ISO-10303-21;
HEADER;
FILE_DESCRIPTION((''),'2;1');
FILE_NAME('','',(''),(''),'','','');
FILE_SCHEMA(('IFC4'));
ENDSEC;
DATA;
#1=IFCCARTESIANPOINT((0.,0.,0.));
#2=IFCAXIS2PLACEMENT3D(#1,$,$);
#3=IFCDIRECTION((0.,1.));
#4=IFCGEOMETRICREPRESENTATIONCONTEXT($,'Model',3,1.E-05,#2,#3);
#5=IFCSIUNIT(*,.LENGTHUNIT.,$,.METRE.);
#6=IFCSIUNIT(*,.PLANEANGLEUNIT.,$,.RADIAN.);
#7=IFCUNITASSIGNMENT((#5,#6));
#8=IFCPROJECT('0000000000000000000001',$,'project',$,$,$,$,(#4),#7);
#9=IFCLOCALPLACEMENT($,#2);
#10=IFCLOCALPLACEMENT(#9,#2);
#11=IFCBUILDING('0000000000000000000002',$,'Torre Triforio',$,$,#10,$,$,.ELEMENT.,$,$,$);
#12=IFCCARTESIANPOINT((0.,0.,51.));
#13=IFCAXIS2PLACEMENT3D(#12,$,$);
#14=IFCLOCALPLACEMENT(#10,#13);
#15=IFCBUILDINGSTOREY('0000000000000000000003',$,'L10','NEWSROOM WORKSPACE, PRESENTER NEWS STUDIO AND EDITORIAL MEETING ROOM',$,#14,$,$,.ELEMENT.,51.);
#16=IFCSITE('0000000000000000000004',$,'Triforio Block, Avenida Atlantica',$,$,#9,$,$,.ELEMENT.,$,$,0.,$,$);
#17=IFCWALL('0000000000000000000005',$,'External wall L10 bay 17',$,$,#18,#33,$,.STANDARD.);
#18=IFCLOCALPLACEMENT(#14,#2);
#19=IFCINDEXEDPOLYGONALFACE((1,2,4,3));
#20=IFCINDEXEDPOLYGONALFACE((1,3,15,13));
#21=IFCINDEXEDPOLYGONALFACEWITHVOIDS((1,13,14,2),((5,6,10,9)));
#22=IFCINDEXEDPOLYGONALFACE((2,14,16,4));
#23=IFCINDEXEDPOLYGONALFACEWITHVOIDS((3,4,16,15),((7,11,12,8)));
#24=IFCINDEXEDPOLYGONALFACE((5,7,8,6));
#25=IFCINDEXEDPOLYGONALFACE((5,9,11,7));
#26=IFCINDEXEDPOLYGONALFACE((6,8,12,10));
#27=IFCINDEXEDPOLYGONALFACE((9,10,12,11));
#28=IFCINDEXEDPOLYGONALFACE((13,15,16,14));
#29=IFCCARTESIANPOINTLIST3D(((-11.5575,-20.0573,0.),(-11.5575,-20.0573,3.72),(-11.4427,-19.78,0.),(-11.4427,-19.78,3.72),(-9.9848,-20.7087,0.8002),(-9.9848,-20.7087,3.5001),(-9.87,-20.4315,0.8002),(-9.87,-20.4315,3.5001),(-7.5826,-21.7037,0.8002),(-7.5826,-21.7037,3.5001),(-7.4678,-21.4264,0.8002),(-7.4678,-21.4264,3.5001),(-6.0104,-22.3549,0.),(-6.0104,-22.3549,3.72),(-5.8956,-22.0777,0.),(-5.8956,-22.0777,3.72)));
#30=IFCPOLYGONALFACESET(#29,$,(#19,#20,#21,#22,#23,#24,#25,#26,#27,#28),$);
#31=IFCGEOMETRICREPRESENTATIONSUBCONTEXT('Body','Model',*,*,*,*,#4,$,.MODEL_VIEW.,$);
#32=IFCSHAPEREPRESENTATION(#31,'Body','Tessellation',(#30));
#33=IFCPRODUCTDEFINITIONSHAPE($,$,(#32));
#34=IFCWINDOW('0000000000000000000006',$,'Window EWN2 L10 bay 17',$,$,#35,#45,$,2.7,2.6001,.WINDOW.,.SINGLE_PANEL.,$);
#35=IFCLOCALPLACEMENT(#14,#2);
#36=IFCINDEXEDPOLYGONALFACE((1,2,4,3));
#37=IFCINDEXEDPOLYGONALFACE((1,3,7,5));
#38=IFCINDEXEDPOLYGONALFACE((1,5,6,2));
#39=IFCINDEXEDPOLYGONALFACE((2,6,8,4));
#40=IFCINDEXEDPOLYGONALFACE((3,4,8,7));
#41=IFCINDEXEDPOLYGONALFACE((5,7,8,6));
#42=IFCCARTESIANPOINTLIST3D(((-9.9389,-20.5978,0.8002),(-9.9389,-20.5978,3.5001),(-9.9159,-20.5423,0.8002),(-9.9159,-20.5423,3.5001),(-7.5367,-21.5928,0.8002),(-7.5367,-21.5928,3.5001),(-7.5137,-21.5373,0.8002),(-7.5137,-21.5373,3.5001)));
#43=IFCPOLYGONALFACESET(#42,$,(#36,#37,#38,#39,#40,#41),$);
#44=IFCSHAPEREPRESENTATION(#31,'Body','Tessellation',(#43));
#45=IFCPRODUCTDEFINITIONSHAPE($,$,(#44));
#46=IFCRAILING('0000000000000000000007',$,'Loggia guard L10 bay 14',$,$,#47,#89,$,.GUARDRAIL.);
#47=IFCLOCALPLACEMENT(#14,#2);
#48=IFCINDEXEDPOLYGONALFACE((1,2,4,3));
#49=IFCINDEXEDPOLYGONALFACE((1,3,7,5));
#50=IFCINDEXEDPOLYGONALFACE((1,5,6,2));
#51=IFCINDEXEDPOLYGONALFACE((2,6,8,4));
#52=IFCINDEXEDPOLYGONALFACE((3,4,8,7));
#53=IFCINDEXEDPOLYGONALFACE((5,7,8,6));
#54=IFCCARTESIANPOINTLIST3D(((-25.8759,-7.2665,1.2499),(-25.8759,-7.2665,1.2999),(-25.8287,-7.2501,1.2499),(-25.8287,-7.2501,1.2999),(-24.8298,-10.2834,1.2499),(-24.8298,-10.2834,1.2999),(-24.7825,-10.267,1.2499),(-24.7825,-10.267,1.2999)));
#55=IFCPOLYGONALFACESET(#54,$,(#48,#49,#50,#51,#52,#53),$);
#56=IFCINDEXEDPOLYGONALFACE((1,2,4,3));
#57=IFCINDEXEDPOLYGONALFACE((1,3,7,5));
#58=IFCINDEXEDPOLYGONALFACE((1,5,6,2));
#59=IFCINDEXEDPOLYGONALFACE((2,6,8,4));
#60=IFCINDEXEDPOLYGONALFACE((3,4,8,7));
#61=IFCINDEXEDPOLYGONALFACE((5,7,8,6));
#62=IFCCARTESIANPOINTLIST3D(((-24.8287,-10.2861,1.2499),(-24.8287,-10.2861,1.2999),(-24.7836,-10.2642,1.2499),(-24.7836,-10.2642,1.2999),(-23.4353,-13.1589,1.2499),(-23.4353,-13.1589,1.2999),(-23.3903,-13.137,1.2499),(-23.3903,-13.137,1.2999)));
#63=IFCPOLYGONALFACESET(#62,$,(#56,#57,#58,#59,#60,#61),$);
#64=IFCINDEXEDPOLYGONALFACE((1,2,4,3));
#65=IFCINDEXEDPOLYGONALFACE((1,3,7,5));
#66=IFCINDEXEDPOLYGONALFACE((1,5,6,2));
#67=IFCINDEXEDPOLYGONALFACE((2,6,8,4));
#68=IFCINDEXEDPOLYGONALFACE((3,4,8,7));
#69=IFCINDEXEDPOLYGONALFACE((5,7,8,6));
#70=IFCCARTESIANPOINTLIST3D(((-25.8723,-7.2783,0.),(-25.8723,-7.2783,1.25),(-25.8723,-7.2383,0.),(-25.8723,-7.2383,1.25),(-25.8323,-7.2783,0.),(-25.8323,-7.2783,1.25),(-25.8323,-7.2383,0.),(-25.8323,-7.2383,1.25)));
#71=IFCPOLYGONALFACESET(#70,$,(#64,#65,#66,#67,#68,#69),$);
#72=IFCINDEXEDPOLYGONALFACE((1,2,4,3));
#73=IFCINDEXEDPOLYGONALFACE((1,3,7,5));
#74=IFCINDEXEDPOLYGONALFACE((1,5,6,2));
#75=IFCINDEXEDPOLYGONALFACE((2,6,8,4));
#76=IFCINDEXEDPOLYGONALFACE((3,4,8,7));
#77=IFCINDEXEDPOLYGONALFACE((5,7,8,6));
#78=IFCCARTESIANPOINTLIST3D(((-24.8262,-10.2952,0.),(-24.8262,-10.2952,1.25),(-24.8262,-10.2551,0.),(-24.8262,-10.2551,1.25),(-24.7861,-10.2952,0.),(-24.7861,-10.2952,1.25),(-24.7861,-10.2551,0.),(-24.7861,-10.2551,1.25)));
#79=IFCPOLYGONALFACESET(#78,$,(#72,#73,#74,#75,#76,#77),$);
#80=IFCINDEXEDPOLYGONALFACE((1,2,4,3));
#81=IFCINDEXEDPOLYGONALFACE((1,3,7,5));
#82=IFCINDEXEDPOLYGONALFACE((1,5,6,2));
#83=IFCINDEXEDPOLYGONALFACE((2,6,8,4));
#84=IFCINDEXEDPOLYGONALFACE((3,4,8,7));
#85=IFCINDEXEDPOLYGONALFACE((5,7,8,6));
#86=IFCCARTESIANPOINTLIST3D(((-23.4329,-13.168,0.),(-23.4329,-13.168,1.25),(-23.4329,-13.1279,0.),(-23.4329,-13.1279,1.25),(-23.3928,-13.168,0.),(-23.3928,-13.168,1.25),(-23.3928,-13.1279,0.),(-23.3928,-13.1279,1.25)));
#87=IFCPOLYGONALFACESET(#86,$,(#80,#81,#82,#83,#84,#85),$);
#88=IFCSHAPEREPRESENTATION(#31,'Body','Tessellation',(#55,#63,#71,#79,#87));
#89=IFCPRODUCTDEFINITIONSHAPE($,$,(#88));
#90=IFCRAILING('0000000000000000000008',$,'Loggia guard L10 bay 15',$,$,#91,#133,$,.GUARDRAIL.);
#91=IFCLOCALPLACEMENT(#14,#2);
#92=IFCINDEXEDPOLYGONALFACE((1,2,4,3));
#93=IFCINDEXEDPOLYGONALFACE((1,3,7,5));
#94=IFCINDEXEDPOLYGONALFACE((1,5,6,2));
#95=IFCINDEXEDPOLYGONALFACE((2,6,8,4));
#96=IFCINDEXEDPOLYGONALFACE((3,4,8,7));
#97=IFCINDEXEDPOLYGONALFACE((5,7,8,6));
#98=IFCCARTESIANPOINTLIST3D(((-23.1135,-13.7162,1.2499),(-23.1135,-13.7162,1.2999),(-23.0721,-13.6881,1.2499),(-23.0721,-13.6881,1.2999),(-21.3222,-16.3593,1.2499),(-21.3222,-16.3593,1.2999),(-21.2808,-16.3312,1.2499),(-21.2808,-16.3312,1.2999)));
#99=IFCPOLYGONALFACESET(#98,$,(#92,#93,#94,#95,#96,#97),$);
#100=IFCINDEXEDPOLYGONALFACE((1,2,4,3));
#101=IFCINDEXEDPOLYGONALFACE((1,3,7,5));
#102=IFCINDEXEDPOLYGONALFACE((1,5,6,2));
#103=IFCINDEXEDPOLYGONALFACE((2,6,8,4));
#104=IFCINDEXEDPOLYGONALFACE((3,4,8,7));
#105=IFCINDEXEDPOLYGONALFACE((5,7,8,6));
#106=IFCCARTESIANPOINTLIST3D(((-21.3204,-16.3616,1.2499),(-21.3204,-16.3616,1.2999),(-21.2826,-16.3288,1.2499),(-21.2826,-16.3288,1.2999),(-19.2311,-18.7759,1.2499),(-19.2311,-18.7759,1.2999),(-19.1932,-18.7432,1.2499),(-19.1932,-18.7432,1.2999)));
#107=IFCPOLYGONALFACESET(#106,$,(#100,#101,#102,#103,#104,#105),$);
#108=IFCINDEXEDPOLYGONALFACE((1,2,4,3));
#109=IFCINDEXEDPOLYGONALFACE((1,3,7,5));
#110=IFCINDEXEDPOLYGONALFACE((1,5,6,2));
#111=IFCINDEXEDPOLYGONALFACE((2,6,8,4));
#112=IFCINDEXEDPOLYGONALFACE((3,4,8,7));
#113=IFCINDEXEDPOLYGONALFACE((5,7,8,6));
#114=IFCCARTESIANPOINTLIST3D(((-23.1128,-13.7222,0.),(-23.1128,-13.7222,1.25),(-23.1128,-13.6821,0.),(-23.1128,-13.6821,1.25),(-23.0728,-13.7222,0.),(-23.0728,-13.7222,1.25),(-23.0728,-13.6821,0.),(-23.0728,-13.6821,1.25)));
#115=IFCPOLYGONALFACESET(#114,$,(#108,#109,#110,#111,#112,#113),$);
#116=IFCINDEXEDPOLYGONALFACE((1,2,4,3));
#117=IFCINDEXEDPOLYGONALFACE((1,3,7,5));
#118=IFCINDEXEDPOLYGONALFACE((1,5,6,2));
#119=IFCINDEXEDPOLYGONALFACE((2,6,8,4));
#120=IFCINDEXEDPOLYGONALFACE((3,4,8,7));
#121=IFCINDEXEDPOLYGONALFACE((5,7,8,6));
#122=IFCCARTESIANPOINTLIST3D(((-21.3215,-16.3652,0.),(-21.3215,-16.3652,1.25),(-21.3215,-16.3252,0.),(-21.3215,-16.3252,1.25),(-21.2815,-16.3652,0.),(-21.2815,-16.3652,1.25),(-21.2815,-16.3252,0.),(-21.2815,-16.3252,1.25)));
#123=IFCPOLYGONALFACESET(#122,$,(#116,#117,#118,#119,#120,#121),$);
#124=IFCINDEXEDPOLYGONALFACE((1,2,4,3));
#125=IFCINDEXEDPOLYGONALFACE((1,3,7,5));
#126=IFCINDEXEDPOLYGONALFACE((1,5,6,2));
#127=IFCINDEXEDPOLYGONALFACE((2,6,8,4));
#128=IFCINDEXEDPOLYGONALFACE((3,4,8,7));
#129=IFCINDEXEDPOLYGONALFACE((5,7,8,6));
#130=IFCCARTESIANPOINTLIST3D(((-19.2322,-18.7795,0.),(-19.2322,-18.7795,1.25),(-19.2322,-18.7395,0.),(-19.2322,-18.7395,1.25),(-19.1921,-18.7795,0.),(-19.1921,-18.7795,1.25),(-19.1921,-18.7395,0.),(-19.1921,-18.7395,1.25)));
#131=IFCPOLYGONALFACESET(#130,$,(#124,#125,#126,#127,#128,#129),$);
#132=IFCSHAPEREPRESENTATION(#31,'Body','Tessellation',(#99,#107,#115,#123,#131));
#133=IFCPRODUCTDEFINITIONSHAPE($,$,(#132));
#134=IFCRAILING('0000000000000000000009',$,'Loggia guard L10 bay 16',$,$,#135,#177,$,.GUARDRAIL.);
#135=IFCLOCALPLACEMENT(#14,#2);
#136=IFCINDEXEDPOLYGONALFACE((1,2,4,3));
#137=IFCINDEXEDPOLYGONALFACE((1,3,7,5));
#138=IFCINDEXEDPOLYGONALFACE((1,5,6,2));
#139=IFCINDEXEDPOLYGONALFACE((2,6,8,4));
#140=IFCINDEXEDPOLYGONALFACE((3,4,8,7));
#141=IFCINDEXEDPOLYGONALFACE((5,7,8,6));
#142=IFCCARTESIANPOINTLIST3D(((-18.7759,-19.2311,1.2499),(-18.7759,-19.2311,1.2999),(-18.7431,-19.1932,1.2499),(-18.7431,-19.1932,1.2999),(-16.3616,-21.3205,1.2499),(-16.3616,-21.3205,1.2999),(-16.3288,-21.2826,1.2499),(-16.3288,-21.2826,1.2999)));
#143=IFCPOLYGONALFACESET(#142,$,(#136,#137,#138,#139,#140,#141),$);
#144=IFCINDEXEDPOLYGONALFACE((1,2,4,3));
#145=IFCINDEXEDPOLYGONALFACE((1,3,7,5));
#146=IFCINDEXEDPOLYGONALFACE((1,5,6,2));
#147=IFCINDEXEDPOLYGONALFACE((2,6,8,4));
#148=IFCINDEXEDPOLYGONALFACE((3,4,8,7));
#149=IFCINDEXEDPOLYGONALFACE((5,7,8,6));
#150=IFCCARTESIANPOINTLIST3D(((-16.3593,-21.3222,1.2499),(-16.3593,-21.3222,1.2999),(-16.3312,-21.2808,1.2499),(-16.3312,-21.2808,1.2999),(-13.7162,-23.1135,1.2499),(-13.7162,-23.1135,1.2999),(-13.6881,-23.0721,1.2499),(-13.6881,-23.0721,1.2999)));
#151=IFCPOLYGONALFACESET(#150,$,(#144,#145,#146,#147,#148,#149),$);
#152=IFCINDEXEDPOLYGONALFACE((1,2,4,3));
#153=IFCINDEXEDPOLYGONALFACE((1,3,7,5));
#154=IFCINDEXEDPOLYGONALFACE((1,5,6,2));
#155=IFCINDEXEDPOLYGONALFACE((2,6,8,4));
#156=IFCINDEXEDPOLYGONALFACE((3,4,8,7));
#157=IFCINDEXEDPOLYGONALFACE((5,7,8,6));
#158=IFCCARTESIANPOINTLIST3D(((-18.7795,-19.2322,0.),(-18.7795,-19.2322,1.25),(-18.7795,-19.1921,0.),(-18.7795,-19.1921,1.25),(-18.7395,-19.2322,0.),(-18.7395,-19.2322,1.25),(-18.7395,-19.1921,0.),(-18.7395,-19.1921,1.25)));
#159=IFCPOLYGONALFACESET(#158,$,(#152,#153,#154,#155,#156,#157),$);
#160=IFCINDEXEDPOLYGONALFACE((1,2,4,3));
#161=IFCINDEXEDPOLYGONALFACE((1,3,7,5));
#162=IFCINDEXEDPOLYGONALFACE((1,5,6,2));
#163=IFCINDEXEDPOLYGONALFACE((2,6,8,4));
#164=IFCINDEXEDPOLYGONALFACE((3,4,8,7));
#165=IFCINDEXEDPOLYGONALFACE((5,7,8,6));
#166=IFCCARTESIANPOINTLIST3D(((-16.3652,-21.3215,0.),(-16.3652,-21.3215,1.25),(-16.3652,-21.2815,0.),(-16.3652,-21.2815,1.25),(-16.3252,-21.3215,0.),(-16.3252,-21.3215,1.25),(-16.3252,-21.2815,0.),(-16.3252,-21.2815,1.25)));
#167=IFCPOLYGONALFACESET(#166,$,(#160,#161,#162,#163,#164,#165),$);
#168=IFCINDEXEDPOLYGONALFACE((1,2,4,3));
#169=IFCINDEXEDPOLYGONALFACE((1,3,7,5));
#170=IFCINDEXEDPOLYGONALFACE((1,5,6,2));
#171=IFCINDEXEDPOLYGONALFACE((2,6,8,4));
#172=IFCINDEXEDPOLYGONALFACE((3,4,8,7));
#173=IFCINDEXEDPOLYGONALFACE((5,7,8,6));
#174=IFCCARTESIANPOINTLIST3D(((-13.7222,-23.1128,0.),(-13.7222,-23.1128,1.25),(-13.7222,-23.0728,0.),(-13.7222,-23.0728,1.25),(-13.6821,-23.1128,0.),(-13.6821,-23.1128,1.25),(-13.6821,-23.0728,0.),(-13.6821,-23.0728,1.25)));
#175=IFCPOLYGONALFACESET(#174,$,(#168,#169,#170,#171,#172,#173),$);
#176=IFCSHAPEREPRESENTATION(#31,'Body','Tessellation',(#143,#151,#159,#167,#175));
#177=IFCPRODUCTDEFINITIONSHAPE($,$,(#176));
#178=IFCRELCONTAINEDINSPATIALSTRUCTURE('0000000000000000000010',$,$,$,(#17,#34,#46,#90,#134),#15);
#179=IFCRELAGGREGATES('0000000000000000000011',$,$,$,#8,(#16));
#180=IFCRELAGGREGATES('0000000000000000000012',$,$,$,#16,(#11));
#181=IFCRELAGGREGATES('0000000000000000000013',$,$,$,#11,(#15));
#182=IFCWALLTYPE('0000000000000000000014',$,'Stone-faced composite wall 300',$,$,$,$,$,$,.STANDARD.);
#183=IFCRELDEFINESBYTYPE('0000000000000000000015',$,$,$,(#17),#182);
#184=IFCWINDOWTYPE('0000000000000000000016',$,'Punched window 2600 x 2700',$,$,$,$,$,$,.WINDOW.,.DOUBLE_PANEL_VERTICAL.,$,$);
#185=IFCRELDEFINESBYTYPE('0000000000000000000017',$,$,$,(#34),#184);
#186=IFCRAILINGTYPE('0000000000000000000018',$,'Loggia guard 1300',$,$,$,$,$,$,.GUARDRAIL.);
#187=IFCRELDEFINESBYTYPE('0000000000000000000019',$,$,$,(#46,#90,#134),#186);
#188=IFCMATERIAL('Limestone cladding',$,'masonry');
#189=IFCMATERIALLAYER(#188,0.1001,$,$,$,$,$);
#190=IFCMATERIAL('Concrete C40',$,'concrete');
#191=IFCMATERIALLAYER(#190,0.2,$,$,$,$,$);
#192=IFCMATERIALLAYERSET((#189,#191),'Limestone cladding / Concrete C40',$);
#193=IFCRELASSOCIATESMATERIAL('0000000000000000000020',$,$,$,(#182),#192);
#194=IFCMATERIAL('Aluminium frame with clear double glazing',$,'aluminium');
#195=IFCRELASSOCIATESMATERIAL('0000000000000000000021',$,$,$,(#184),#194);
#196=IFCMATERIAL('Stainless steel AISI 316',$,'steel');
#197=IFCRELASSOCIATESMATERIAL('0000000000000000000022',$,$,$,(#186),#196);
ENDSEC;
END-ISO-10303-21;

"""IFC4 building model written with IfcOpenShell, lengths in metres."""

from ifc_helpers import new_model, si_unit, direction, frame, frame_2d, origin, origin_2d, place, context, subcontext, project, spatial, rectangle, extrude, material, layer, layer_set, type_object, element, fill, save


model = new_model("IFC4")

# Units and contexts
model_context = context("Model", 3, precision=1e-05, world=origin(), true_north=direction((0.0, 1.0)))
body_context = subcontext(model_context, "Body", "Model", "MODEL_VIEW")
ifc_project = project(units=[si_unit("LENGTHUNIT", "METRE"), si_unit("PLANEANGLEUNIT", "RADIAN")], contexts=[model_context])

# Site, building, storey
site_placement = place(None, origin())
site = spatial("IfcSite", under=ifc_project, at=site_placement, Name="Triforio Block, Avenida Atlantica", CompositionType="ELEMENT", RefElevation=0.0)
building_placement = place(site_placement, origin())
building = spatial("IfcBuilding", under=site, at=building_placement, Name="Torre Triforio", CompositionType="ELEMENT")
storey_placement = place(building_placement, frame((0.0, 0.0, 51.0)))
storey = spatial("IfcBuildingStorey", under=building, at=storey_placement, Name="L10", Description="NEWSROOM WORKSPACE, PRESENTER NEWS STUDIO AND EDITORIAL MEETING ROOM", CompositionType="ELEMENT", Elevation=51.0)

# Shared definitions
ifc_material_1 = material(Name="Limestone cladding", Category="masonry")
ifc_material_2 = material(Name="Concrete C40", Category="concrete")

# Shared definitions
ifc_layer_1 = layer(ifc_material_1, 0.1001)
ifc_layer_2 = layer(ifc_material_2, 0.2)
ifc_layer_set_1 = layer_set([ifc_layer_1, ifc_layer_2], Name="Limestone cladding / Concrete C40")
wall_type_1 = type_object("IfcWallType", Name="Stone-faced composite wall 300", PredefinedType="STANDARD", material=ifc_layer_set_1)
ifc_material_3 = material(Name="Aluminium frame with clear double glazing", Category="aluminium")
window_type_1 = type_object("IfcWindowType", Name="Punched window 2600 x 2700", PartitioningType="DOUBLE_PANEL_VERTICAL", PredefinedType="WINDOW", material=ifc_material_3)

# Wall, opening, window
wall_1_placement = place(storey_placement, frame((-11.5, -19.9187, 0.0), z_axis=(0.0, 0.0, 1.0), x_axis=(0.923885, -0.382671, 0.0)))
wall_1 = element("IfcWall", 1, at=wall_1_placement, inside=storey, type_object=wall_type_1, Name="External wall L10 bay 17", PredefinedType="STANDARD", context=body_context, shape_type="SweptSolid", body=[
    extrude(rectangle(XDim=6.0042, YDim=0.3, at=frame_2d((3.002, 0.0))), origin(), (0.0, 0.0, 1.0), 3.72),
])
opening_1_placement = place(wall_1_placement, frame((1.7021, 0.0, 0.8)))
opening_1 = element("IfcOpeningElement", 2, at=opening_1_placement, cuts=wall_1, PredefinedType="OPENING", context=body_context, shape_type="SweptSolid", body=[
    extrude(rectangle(XDim=2.6001, YDim=2.7, at=frame_2d((1.3, 1.3501))), frame((0.0, 0.1599, 0.0), z_axis=(0.0, -1.0, 0.0), x_axis=(1.0, 0.0, 0.0)), (0.0, 0.0, 1.0), 0.3201),
])
window_1_placement = place(opening_1_placement, origin())
window_1 = element("IfcWindow", 3, at=window_1_placement, inside=storey, type_object=window_type_1, Name="Window EWN2 L10 bay 17", OverallHeight=2.7, OverallWidth=2.6001, PartitioningType="SINGLE_PANEL", PredefinedType="WINDOW", context=body_context, shape_type="SweptSolid", body=[
    extrude(rectangle(XDim=2.6001, YDim=2.7, at=frame_2d((1.3, 1.3501))), frame((0.0, 0.03, 0.0), z_axis=(0.0, -1.0, 0.0), x_axis=(1.0, 0.0, 0.0)), (0.0, 0.0, 1.0), 0.0601),
])
fill(opening_1, window_1)

# Railings
ifc_material_4 = material(Name="Stainless steel AISI 316", Category="steel")
railing_type = type_object("IfcRailingType", Name="Loggia guard 1300", PredefinedType="GUARDRAIL", material=ifc_material_4)
railing_1_placement = place(storey_placement, frame((-25.8523, -7.2583, 0.0)))
element("IfcRailing", 4, at=railing_1_placement, inside=storey, type_object=railing_type, Name="Loggia guard L10 bay 14", PredefinedType="GUARDRAIL", context=body_context, shape_type="SweptSolid", body=[
    extrude(rectangle(XDim=0.05, YDim=0.05, at=origin_2d()), frame((0.0, 0.0, 1.2749), z_axis=(0.327628, -0.944807, 0.0), x_axis=(0.944807, 0.327628, 0.0)), (0.0, 0.0, 1.0), 3.1931),
    extrude(rectangle(XDim=0.05, YDim=0.05, at=origin_2d()), frame((1.0461, -3.0168, 1.2749), z_axis=(0.436384, -0.89976, 0.0), x_axis=(0.89976, 0.436384, 0.0)), (0.0, 0.0, 1.0), 3.1929),
    extrude(rectangle(XDim=0.04, YDim=0.04, at=origin_2d()), origin(), (0.0, 0.0, 1.0), 1.25),
    extrude(rectangle(XDim=0.04, YDim=0.04, at=origin_2d()), frame((1.0461, -3.0168, 0.0)), (0.0, 0.0, 1.0), 1.25),
    extrude(rectangle(XDim=0.04, YDim=0.04, at=origin_2d()), frame((2.4395, -5.8896, 0.0)), (0.0, 0.0, 1.0), 1.25),
])
railing_2_placement = place(storey_placement, frame((-23.0928, -13.7021, 0.0)))
element("IfcRailing", 5, at=railing_2_placement, inside=storey, type_object=railing_type, Name="Loggia guard L10 bay 15", PredefinedType="GUARDRAIL", context=body_context, shape_type="SweptSolid", body=[
    extrude(rectangle(XDim=0.05, YDim=0.05, at=origin_2d()), frame((0.0, 0.0, 1.2749), z_axis=(0.561019, -0.827803, 0.0), x_axis=(0.827803, 0.561019, 0.0)), (0.0, 0.0, 1.0), 3.1929),
    extrude(rectangle(XDim=0.05, YDim=0.05, at=origin_2d()), frame((1.7913, -2.6431, 1.2749), z_axis=(0.654386, -0.756161, 0.0), x_axis=(0.756161, 0.654386, 0.0)), (0.0, 0.0, 1.0), 3.1929),
    extrude(rectangle(XDim=0.04, YDim=0.04, at=origin_2d()), origin(), (0.0, 0.0, 1.0), 1.25),
    extrude(rectangle(XDim=0.04, YDim=0.04, at=origin_2d()), frame((1.7913, -2.6431, 0.0)), (0.0, 0.0, 1.0), 1.25),
    extrude(rectangle(XDim=0.04, YDim=0.04, at=origin_2d()), frame((3.8806, -5.0574, 0.0)), (0.0, 0.0, 1.0), 1.25),
])
railing_3_placement = place(storey_placement, frame((-18.7595, -19.2122, 0.0)))
element("IfcRailing", 6, at=railing_3_placement, inside=storey, type_object=railing_type, Name="Loggia guard L10 bay 16", PredefinedType="GUARDRAIL", context=body_context, shape_type="SweptSolid", body=[
    extrude(rectangle(XDim=0.05, YDim=0.05, at=origin_2d()), frame((0.0, 0.0, 1.2749), z_axis=(0.756161, -0.654386, 0.0), x_axis=(0.654386, 0.756161, 0.0)), (0.0, 0.0, 1.0), 3.1929),
    extrude(rectangle(XDim=0.05, YDim=0.05, at=origin_2d()), frame((2.4143, -2.0894, 1.2749), z_axis=(0.827803, -0.561019, 0.0), x_axis=(0.561019, 0.827803, 0.0)), (0.0, 0.0, 1.0), 3.1929),
    extrude(rectangle(XDim=0.04, YDim=0.04, at=origin_2d()), origin(), (0.0, 0.0, 1.0), 1.25),
    extrude(rectangle(XDim=0.04, YDim=0.04, at=origin_2d()), frame((2.4143, -2.0894, 0.0)), (0.0, 0.0, 1.0), 1.25),
    extrude(rectangle(XDim=0.04, YDim=0.04, at=origin_2d()), frame((5.0574, -3.8806, 0.0)), (0.0, 0.0, 1.0), 1.25),
])

save(model, "model.ifc")
